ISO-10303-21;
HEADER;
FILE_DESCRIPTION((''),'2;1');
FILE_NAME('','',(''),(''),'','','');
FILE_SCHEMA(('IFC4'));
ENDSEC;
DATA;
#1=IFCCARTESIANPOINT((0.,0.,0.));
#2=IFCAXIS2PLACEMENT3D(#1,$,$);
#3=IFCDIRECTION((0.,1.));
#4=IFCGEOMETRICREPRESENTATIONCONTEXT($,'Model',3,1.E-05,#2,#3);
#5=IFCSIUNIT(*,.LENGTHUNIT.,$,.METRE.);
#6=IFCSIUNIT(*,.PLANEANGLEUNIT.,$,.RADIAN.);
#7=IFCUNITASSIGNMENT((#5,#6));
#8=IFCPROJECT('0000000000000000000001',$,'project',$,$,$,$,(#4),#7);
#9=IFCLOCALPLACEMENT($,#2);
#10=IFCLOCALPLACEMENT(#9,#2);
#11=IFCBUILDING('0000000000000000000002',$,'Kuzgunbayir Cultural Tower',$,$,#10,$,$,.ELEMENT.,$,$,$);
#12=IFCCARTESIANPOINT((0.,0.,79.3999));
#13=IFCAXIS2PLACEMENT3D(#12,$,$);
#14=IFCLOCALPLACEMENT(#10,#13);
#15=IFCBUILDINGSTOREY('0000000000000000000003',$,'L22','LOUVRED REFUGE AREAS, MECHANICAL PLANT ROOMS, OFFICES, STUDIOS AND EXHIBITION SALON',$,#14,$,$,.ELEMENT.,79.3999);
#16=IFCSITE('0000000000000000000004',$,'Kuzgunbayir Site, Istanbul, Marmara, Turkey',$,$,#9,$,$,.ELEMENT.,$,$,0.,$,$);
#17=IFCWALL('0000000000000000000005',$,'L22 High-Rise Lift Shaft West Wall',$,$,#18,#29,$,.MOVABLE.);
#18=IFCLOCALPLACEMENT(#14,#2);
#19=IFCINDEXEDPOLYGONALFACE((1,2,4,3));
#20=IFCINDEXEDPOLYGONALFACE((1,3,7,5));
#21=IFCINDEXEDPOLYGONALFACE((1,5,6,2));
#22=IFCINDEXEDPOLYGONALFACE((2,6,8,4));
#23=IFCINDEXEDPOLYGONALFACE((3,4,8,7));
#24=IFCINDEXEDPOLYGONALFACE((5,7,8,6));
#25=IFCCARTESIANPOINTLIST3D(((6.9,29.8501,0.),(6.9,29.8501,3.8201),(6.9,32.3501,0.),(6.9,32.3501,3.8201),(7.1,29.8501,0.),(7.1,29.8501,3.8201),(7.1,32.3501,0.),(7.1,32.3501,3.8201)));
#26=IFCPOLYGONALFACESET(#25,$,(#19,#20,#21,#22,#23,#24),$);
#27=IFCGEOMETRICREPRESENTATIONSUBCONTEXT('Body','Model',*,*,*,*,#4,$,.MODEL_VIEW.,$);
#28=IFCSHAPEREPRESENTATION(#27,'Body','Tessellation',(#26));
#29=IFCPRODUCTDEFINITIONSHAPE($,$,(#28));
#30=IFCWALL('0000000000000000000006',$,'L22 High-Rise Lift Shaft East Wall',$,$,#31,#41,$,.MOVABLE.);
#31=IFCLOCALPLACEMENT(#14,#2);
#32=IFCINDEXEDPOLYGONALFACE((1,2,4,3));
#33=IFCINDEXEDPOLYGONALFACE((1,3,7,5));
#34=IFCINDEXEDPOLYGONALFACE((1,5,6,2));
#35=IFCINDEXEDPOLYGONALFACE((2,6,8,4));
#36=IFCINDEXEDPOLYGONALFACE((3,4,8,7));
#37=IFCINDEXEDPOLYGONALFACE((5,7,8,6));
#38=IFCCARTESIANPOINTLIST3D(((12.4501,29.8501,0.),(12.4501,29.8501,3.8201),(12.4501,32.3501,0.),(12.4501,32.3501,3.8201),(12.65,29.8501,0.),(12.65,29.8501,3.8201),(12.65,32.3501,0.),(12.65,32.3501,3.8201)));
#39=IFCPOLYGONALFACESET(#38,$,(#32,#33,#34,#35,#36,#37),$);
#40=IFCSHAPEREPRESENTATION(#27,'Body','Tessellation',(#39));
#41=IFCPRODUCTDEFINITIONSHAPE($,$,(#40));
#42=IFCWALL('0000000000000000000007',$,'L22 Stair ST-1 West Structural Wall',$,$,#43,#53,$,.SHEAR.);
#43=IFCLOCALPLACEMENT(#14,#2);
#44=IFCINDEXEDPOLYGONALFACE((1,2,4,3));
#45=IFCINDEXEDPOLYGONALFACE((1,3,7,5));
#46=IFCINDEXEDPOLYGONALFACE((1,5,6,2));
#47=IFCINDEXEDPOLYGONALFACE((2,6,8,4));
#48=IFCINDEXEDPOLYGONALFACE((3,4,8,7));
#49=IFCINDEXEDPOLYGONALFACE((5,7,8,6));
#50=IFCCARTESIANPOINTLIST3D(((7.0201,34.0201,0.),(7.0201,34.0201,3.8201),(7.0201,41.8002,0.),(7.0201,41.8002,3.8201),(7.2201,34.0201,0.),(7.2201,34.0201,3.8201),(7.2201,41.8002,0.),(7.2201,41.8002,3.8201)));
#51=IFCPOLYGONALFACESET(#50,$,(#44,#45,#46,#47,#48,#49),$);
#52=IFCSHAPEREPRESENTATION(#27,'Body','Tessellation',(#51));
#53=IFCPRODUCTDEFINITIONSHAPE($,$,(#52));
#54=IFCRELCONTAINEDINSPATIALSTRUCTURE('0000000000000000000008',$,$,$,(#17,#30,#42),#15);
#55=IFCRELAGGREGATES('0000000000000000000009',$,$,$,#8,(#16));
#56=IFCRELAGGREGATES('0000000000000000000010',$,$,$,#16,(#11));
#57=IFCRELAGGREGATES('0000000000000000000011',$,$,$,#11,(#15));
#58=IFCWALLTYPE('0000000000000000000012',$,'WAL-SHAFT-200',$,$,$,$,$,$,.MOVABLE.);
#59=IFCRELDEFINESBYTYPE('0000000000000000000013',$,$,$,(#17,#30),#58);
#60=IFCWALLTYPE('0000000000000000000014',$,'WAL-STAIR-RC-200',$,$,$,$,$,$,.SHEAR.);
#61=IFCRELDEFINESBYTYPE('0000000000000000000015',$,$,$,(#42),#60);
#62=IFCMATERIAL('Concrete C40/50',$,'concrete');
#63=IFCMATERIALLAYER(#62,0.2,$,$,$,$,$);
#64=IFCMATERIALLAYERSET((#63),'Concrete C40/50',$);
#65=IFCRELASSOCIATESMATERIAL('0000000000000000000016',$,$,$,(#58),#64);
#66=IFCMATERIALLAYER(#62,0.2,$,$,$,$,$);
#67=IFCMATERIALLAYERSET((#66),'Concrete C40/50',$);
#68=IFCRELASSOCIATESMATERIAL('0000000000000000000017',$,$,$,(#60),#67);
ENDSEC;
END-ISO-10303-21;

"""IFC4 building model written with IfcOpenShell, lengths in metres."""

from ifc_helpers import new_model, si_unit, direction, frame, frame_2d, origin, place, context, subcontext, project, spatial, rectangle, extrude, material, layer, layer_set, type_object, element, save


model = new_model("IFC4")

# Units and contexts
model_context = context("Model", 3, precision=1e-05, world=origin(), true_north=direction((0.0, 1.0)))
body_context = subcontext(model_context, "Body", "Model", "MODEL_VIEW")
ifc_project = project(units=[si_unit("LENGTHUNIT", "METRE"), si_unit("PLANEANGLEUNIT", "RADIAN")], contexts=[model_context])

# Site, building, storey
site_placement = place(None, origin())
site = spatial("IfcSite", under=ifc_project, at=site_placement, Name="Kuzgunbayir Site, Istanbul, Marmara, Turkey", CompositionType="ELEMENT", RefElevation=0.0)
building_placement = place(site_placement, origin())
building = spatial("IfcBuilding", under=site, at=building_placement, Name="Kuzgunbayir Cultural Tower", CompositionType="ELEMENT")
storey_placement = place(building_placement, frame((0.0, 0.0, 79.3999)))
storey = spatial("IfcBuildingStorey", under=building, at=storey_placement, Name="L22", Description="LOUVRED REFUGE AREAS, MECHANICAL PLANT ROOMS, OFFICES, STUDIOS AND EXHIBITION SALON", CompositionType="ELEMENT", Elevation=79.3999)

# Walls
ifc_material_1 = material(Name="Concrete C40/50", Category="concrete")
ifc_layer_1 = layer(ifc_material_1, 0.2)
ifc_layer_set_1 = layer_set([ifc_layer_1], Name="Concrete C40/50")
wall_type_1 = type_object("IfcWallType", Name="WAL-SHAFT-200", PredefinedType="MOVABLE", material=ifc_layer_set_1)
for number, where, z_axis, x_axis, name in (
    (1, (7.0, 29.8501, 0.0), (0.0, 0.0, 1.0), (0.0, 1.0, 0.0), "L22 High-Rise Lift Shaft West Wall"),
    (2, (12.55, 29.8501, 0.0), (0.0, 0.0, 1.0), (0.0, 1.0, 0.0), "L22 High-Rise Lift Shaft East Wall"),
):
    element("IfcWall", number, at=place(storey_placement, frame(where, z_axis=z_axis, x_axis=x_axis)), inside=storey, type_object=wall_type_1, Name=name, PredefinedType="MOVABLE", context=body_context, shape_type="SweptSolid", body=[
        extrude(rectangle(XDim=2.5, YDim=0.2, at=frame_2d((1.25, 0.0))), origin(), (0.0, 0.0, 1.0), 3.8201),
    ])
ifc_layer_2 = layer(ifc_material_1, 0.2)
ifc_layer_set_2 = layer_set([ifc_layer_2], Name="Concrete C40/50")
wall_type_2 = type_object("IfcWallType", Name="WAL-STAIR-RC-200", PredefinedType="SHEAR", material=ifc_layer_set_2)
wall_1_placement = place(storey_placement, frame((7.1201, 34.02, 0.0), z_axis=(0.0, 0.0, 1.0), x_axis=(0.0, 1.0, 0.0)))
element("IfcWall", 3, at=wall_1_placement, inside=storey, type_object=wall_type_2, Name="L22 Stair ST-1 West Structural Wall", PredefinedType="SHEAR", context=body_context, shape_type="SweptSolid", body=[
    extrude(rectangle(XDim=7.78, YDim=0.2, at=frame_2d((3.8901, 0.0))), origin(), (0.0, 0.0, 1.0), 3.8201),
])

save(model, "model.ifc")
